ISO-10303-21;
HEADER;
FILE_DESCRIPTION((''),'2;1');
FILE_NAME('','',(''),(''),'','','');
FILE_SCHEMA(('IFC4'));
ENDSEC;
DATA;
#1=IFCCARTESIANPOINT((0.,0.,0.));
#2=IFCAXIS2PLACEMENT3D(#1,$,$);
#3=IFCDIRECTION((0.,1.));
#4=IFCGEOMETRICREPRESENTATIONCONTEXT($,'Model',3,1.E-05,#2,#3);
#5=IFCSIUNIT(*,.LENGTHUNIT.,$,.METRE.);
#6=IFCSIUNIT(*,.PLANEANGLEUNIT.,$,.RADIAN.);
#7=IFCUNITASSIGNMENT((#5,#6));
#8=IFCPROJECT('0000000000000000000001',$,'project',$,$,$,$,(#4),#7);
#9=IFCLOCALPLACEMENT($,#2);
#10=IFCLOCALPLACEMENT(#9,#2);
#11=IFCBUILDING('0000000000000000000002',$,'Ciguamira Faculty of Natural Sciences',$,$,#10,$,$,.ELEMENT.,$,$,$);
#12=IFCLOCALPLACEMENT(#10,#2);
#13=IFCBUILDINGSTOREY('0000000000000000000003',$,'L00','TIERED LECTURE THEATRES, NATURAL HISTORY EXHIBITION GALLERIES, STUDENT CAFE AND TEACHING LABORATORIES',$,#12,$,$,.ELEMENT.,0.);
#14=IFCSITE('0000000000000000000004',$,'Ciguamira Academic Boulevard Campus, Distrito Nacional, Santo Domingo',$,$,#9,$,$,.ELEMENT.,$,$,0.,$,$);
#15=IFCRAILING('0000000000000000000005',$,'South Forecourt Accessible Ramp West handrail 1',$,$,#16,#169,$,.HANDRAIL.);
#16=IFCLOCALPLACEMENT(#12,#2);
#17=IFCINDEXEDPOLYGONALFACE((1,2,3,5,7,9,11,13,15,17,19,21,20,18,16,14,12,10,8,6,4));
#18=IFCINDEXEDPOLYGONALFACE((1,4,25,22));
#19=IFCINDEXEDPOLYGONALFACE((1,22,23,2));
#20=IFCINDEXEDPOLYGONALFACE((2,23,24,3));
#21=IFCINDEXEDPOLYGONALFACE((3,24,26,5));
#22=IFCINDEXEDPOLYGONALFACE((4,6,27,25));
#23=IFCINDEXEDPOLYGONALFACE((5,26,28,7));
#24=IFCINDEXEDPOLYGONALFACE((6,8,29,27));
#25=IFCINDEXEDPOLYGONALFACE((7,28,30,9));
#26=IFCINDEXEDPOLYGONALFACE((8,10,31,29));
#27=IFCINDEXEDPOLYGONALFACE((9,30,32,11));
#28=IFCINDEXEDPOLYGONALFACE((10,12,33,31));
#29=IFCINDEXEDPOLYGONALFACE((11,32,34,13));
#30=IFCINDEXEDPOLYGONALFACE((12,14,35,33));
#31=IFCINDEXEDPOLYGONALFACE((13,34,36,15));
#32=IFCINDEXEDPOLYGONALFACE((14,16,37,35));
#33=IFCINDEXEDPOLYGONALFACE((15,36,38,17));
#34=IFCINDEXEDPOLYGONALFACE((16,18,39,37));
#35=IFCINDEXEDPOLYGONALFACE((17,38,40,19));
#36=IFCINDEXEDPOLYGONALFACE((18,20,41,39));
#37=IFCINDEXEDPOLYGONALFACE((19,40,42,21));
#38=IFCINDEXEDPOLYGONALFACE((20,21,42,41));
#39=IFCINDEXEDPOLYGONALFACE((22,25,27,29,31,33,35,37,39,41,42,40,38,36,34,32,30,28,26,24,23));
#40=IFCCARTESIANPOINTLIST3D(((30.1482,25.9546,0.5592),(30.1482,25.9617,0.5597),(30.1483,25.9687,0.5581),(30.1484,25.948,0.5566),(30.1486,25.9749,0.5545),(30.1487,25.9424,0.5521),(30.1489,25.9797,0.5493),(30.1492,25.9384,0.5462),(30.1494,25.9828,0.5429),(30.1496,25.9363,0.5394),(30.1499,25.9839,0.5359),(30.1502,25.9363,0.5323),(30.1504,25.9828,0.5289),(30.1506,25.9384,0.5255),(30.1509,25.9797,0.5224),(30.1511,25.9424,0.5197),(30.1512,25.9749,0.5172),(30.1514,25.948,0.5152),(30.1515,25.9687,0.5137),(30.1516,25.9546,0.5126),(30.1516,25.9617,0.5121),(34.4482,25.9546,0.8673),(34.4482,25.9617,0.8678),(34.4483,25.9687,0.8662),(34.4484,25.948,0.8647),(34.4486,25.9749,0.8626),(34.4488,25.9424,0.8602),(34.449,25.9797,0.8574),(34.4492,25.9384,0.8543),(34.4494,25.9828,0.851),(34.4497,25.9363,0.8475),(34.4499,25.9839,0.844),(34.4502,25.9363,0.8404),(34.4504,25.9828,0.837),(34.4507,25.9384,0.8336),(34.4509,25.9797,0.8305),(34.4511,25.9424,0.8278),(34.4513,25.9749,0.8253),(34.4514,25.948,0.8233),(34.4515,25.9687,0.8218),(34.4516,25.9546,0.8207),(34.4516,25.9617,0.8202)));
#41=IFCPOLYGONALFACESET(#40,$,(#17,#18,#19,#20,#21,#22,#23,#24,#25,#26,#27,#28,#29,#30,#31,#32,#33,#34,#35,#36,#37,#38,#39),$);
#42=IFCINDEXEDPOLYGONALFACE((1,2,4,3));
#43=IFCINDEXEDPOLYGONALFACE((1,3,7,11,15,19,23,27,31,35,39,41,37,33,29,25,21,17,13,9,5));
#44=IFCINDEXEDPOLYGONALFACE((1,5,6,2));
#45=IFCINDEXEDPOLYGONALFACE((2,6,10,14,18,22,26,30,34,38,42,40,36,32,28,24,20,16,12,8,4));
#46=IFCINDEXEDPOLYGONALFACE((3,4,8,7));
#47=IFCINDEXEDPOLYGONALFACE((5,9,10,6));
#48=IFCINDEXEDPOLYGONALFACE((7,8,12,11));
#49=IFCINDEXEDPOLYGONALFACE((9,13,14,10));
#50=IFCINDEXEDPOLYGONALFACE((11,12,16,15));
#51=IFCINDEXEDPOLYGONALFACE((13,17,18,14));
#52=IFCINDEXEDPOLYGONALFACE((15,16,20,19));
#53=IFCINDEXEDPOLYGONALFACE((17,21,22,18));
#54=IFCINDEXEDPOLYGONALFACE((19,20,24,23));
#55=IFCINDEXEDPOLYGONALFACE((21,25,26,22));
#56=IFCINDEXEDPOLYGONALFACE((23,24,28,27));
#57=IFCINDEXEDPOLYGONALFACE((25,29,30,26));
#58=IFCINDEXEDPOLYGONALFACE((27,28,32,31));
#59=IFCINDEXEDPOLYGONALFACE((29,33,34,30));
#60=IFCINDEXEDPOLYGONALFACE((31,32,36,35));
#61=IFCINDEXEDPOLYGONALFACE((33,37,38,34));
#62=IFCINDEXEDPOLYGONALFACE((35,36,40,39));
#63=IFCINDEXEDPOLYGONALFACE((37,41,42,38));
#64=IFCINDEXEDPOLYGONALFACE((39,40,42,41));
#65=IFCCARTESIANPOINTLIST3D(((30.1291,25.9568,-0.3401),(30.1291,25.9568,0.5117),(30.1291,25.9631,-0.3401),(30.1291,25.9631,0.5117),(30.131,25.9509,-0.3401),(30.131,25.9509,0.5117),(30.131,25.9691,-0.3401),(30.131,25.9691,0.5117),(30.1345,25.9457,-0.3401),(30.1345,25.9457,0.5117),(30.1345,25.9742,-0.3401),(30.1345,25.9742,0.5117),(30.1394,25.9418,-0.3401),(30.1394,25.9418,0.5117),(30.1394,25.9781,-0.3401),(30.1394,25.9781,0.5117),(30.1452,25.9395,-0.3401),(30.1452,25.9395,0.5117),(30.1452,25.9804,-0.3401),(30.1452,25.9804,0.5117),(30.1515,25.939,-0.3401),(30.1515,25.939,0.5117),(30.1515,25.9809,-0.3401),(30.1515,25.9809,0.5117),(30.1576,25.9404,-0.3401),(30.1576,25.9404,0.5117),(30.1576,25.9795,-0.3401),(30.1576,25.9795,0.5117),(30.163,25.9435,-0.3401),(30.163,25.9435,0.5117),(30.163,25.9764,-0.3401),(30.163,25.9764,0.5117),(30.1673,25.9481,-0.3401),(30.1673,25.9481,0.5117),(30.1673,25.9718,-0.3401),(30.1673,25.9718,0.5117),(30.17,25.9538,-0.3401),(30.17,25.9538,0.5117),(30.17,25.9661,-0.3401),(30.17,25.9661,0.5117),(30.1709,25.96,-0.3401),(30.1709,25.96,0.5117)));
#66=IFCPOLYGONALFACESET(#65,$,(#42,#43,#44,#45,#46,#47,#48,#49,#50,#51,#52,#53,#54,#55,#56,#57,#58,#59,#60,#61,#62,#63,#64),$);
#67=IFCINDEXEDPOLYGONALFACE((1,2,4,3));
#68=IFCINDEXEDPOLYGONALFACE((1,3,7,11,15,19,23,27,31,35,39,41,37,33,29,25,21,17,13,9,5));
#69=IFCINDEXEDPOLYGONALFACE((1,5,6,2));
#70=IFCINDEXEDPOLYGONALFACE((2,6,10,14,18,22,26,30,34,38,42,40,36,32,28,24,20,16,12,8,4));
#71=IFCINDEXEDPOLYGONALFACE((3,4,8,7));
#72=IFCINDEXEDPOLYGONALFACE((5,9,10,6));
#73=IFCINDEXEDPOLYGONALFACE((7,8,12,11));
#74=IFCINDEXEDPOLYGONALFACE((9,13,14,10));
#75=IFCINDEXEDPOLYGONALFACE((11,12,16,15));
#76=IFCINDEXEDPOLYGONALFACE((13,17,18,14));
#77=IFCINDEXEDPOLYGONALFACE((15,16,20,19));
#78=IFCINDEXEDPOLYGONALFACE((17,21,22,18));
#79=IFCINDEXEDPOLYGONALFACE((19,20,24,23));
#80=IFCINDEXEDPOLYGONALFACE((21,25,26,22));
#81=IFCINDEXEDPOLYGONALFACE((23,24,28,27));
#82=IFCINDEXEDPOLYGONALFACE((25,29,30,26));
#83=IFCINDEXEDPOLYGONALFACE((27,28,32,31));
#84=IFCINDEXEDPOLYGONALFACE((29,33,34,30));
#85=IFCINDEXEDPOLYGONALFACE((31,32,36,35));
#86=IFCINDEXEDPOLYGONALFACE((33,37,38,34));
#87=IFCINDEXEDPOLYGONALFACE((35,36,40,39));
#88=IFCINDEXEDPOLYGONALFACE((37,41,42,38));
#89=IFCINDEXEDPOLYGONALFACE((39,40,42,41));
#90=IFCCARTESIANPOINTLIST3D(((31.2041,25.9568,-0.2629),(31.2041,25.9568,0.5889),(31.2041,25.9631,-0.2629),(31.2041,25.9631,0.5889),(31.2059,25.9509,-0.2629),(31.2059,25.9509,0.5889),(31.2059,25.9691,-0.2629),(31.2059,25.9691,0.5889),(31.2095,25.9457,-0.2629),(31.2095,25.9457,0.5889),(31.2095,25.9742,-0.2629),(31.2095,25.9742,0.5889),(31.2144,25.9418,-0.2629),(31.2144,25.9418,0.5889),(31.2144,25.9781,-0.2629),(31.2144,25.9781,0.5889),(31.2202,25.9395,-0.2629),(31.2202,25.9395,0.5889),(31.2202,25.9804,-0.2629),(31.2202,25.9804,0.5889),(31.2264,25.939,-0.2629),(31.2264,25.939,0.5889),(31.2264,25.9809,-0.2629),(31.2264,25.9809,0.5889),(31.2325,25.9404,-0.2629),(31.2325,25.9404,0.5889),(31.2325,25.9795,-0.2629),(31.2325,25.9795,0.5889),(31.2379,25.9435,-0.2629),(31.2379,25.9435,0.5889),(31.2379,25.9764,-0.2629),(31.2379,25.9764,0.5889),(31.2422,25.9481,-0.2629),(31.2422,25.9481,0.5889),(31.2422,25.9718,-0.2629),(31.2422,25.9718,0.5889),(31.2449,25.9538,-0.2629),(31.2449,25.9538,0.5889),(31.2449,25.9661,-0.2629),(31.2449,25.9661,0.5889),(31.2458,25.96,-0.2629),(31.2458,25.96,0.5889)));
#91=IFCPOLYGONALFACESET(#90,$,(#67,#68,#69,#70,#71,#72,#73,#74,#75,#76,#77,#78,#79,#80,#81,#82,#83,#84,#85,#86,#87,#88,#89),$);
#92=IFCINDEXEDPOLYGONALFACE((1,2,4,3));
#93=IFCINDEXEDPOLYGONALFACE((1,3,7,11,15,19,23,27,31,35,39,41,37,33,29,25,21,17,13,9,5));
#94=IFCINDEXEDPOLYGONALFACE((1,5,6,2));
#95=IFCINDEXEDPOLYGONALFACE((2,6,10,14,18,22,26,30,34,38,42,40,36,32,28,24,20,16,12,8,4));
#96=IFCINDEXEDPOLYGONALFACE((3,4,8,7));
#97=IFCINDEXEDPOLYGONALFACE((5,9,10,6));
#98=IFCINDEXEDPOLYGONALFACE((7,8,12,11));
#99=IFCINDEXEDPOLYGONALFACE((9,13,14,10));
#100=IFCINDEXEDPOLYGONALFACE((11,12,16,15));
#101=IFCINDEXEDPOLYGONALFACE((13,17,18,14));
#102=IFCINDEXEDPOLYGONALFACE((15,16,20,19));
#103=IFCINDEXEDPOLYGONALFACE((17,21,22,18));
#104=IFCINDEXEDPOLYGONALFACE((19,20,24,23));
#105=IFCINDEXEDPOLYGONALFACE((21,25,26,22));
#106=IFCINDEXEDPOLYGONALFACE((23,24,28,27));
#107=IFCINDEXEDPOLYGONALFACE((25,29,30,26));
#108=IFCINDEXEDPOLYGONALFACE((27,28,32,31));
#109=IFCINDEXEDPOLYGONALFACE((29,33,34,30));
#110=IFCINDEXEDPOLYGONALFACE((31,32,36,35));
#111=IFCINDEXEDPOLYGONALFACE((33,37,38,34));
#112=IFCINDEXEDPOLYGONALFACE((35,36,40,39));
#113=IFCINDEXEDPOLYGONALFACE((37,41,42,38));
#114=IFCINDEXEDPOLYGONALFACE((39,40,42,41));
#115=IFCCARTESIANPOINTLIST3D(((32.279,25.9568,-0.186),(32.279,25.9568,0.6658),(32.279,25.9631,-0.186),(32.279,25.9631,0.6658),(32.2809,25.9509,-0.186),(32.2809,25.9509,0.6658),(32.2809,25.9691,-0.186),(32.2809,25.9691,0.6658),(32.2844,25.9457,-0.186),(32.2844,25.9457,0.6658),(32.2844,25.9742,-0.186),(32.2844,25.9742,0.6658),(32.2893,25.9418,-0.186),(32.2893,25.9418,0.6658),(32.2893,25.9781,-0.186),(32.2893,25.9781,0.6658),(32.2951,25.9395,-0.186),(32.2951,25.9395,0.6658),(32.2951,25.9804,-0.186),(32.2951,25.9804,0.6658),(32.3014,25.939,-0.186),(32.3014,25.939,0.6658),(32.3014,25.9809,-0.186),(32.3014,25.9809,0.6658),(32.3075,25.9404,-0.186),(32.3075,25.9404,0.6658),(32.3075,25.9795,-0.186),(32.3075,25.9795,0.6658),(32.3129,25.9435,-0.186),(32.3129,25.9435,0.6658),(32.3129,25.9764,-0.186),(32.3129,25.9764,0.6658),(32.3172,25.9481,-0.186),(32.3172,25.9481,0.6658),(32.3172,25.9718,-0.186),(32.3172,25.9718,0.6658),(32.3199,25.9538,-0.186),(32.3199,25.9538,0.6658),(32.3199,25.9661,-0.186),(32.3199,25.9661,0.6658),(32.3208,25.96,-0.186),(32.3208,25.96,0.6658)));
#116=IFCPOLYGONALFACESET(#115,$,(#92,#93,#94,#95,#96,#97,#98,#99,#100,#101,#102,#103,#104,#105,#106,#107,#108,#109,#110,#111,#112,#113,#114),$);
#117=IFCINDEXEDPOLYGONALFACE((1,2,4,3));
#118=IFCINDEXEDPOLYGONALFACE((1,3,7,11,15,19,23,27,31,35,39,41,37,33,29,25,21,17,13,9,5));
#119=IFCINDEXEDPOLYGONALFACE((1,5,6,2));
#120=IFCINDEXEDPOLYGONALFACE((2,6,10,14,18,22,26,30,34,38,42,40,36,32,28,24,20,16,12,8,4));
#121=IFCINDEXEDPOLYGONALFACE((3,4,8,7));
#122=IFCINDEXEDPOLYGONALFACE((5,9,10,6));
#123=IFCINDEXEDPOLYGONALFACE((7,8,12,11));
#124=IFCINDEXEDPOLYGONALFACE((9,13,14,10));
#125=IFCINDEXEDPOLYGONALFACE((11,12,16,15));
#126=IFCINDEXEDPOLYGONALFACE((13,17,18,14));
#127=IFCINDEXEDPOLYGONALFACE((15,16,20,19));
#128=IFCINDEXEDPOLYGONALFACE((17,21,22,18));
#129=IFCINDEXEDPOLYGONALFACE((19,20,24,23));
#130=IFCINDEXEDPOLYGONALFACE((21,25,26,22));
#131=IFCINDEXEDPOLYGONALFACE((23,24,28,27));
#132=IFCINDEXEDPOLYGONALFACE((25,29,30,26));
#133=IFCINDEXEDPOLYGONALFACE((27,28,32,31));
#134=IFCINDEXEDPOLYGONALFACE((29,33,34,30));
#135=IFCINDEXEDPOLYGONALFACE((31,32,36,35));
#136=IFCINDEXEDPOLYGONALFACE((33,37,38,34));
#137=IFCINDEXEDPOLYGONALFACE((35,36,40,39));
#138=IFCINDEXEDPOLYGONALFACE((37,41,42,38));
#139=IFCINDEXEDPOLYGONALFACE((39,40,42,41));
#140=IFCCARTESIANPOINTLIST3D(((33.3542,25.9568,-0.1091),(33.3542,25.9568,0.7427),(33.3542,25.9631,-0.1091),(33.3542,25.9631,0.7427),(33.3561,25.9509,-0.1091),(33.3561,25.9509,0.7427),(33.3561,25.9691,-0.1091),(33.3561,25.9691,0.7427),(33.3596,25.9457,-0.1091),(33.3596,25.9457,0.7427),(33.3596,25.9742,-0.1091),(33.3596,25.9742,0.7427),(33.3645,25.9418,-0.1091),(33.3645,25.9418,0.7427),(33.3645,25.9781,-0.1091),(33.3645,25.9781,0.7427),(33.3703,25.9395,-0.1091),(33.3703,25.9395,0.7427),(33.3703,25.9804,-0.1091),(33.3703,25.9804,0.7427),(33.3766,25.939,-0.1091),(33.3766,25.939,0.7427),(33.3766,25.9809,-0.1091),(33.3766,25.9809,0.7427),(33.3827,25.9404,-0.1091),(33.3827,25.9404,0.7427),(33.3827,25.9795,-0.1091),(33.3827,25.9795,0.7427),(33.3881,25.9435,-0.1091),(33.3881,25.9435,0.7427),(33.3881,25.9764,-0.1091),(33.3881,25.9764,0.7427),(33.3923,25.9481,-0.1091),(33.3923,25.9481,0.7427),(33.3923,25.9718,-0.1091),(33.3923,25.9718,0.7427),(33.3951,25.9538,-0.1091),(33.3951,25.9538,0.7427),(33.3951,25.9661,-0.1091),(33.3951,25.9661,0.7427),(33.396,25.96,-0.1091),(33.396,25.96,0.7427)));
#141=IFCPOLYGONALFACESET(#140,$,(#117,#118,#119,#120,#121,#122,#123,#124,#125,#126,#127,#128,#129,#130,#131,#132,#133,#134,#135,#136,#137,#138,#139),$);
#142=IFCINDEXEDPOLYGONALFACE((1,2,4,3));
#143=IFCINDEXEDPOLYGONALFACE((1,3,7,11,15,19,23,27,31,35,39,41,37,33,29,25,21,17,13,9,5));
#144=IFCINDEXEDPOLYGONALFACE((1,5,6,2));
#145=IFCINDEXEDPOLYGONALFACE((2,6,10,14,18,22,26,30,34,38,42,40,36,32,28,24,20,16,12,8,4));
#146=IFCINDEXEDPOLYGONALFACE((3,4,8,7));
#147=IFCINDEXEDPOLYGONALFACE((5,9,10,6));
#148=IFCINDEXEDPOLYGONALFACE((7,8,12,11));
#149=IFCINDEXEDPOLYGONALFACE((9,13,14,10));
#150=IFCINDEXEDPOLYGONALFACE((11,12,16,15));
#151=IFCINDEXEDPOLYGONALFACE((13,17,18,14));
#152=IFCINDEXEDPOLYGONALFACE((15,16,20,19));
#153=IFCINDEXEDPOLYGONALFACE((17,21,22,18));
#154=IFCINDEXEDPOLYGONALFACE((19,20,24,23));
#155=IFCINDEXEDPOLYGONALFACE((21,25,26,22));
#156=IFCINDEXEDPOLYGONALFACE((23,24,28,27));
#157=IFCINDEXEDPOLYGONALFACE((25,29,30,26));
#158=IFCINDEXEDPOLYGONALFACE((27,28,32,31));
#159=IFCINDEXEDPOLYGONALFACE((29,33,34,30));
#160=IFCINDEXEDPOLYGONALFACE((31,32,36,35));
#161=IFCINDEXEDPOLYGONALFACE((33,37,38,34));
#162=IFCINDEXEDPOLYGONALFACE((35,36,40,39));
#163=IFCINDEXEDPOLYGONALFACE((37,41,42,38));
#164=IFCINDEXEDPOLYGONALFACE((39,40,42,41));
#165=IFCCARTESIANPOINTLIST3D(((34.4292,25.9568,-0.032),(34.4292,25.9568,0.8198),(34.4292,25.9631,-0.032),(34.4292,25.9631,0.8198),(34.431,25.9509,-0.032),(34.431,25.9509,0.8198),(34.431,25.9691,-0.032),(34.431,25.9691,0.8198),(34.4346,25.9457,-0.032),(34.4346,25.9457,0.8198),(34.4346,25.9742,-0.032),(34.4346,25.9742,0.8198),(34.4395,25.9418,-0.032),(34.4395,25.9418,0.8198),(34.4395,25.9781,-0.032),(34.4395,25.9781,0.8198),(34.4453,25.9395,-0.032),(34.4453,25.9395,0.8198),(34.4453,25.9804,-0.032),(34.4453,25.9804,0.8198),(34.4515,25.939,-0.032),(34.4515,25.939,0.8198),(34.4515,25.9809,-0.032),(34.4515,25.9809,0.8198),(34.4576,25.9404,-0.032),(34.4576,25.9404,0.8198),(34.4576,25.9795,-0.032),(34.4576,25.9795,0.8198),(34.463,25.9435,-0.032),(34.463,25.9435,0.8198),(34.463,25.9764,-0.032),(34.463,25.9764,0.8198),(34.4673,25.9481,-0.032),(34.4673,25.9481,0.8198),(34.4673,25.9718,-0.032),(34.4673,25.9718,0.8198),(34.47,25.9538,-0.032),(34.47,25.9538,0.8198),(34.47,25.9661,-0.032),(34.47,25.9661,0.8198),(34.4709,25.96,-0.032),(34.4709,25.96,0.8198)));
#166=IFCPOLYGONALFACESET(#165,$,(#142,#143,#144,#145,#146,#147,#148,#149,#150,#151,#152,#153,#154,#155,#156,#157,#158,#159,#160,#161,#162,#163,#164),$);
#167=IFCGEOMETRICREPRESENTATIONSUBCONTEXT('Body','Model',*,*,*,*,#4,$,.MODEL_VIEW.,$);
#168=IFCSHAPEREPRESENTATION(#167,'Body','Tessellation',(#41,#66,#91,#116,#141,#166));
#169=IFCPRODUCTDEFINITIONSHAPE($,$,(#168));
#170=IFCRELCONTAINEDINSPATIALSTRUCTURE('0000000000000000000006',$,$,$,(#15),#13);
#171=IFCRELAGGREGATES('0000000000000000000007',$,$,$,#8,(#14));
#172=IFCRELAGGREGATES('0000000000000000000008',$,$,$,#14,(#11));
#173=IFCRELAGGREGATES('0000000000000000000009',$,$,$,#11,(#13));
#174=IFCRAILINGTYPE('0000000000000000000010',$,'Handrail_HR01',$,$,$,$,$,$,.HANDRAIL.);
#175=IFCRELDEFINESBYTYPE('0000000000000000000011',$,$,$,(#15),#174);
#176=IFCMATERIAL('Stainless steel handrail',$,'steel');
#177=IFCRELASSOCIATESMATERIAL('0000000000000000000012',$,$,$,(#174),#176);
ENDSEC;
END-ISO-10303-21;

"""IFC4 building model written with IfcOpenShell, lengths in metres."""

from ifc_helpers import new_model, si_unit, direction, frame, origin, origin_2d, place, context, subcontext, project, spatial, circle, extrude, material, type_object, element, save


model = new_model("IFC4")

# Units and contexts
model_context = context("Model", 3, precision=1e-05, world=origin(), true_north=direction((0.0, 1.0)))
body_context = subcontext(model_context, "Body", "Model", "MODEL_VIEW")
ifc_project = project(units=[si_unit("LENGTHUNIT", "METRE"), si_unit("PLANEANGLEUNIT", "RADIAN")], contexts=[model_context])

# Site, building, storey
site_placement = place(None, origin())
site = spatial("IfcSite", under=ifc_project, at=site_placement, Name="Ciguamira Academic Boulevard Campus, Distrito Nacional, Santo Domingo", CompositionType="ELEMENT", RefElevation=0.0)
building_placement = place(site_placement, origin())
building = spatial("IfcBuilding", under=site, at=building_placement, Name="Ciguamira Faculty of Natural Sciences", CompositionType="ELEMENT")
storey_placement = place(building_placement, origin())
storey = spatial("IfcBuildingStorey", under=building, at=storey_placement, Name="L00", Description="TIERED LECTURE THEATRES, NATURAL HISTORY EXHIBITION GALLERIES, STUDENT CAFE AND TEACHING LABORATORIES", CompositionType="ELEMENT", Elevation=0.0)

# Railing
ifc_material_1 = material(Name="Stainless steel handrail", Category="steel")
railing_type = type_object("IfcRailingType", Name="Handrail_HR01", PredefinedType="HANDRAIL", material=ifc_material_1)
railing_placement = place(storey_placement, frame((30.1499, 25.96, -0.3401)))
element("IfcRailing", 1, at=railing_placement, inside=storey, type_object=railing_type, Name="South Forecourt Accessible Ramp West handrail 1", PredefinedType="HANDRAIL", context=body_context, shape_type="SweptSolid", body=[
    extrude(circle(Radius=0.0239, at=origin_2d()), frame((0.0, 0.0, 0.876), z_axis=(0.997443, 0.0, 0.071468), x_axis=(0.0, 1.0, 0.0)), (0.0, 0.0, 1.0), 4.311),
    extrude(circle(Radius=0.021, at=origin_2d()), origin(), (0.0, 0.0, 1.0), 0.8518),
    extrude(circle(Radius=0.021, at=origin_2d()), frame((1.075, 0.0, 0.0771)), (0.0, 0.0, 1.0), 0.8518),
    extrude(circle(Radius=0.021, at=origin_2d()), frame((2.1499, 0.0, 0.1541)), (0.0, 0.0, 1.0), 0.8518),
    extrude(circle(Radius=0.021, at=origin_2d()), frame((3.2251, 0.0, 0.231)), (0.0, 0.0, 1.0), 0.8518),
    extrude(circle(Radius=0.021, at=origin_2d()), frame((4.3, 0.0, 0.3081)), (0.0, 0.0, 1.0), 0.8518),
])

save(model, "model.ifc")
